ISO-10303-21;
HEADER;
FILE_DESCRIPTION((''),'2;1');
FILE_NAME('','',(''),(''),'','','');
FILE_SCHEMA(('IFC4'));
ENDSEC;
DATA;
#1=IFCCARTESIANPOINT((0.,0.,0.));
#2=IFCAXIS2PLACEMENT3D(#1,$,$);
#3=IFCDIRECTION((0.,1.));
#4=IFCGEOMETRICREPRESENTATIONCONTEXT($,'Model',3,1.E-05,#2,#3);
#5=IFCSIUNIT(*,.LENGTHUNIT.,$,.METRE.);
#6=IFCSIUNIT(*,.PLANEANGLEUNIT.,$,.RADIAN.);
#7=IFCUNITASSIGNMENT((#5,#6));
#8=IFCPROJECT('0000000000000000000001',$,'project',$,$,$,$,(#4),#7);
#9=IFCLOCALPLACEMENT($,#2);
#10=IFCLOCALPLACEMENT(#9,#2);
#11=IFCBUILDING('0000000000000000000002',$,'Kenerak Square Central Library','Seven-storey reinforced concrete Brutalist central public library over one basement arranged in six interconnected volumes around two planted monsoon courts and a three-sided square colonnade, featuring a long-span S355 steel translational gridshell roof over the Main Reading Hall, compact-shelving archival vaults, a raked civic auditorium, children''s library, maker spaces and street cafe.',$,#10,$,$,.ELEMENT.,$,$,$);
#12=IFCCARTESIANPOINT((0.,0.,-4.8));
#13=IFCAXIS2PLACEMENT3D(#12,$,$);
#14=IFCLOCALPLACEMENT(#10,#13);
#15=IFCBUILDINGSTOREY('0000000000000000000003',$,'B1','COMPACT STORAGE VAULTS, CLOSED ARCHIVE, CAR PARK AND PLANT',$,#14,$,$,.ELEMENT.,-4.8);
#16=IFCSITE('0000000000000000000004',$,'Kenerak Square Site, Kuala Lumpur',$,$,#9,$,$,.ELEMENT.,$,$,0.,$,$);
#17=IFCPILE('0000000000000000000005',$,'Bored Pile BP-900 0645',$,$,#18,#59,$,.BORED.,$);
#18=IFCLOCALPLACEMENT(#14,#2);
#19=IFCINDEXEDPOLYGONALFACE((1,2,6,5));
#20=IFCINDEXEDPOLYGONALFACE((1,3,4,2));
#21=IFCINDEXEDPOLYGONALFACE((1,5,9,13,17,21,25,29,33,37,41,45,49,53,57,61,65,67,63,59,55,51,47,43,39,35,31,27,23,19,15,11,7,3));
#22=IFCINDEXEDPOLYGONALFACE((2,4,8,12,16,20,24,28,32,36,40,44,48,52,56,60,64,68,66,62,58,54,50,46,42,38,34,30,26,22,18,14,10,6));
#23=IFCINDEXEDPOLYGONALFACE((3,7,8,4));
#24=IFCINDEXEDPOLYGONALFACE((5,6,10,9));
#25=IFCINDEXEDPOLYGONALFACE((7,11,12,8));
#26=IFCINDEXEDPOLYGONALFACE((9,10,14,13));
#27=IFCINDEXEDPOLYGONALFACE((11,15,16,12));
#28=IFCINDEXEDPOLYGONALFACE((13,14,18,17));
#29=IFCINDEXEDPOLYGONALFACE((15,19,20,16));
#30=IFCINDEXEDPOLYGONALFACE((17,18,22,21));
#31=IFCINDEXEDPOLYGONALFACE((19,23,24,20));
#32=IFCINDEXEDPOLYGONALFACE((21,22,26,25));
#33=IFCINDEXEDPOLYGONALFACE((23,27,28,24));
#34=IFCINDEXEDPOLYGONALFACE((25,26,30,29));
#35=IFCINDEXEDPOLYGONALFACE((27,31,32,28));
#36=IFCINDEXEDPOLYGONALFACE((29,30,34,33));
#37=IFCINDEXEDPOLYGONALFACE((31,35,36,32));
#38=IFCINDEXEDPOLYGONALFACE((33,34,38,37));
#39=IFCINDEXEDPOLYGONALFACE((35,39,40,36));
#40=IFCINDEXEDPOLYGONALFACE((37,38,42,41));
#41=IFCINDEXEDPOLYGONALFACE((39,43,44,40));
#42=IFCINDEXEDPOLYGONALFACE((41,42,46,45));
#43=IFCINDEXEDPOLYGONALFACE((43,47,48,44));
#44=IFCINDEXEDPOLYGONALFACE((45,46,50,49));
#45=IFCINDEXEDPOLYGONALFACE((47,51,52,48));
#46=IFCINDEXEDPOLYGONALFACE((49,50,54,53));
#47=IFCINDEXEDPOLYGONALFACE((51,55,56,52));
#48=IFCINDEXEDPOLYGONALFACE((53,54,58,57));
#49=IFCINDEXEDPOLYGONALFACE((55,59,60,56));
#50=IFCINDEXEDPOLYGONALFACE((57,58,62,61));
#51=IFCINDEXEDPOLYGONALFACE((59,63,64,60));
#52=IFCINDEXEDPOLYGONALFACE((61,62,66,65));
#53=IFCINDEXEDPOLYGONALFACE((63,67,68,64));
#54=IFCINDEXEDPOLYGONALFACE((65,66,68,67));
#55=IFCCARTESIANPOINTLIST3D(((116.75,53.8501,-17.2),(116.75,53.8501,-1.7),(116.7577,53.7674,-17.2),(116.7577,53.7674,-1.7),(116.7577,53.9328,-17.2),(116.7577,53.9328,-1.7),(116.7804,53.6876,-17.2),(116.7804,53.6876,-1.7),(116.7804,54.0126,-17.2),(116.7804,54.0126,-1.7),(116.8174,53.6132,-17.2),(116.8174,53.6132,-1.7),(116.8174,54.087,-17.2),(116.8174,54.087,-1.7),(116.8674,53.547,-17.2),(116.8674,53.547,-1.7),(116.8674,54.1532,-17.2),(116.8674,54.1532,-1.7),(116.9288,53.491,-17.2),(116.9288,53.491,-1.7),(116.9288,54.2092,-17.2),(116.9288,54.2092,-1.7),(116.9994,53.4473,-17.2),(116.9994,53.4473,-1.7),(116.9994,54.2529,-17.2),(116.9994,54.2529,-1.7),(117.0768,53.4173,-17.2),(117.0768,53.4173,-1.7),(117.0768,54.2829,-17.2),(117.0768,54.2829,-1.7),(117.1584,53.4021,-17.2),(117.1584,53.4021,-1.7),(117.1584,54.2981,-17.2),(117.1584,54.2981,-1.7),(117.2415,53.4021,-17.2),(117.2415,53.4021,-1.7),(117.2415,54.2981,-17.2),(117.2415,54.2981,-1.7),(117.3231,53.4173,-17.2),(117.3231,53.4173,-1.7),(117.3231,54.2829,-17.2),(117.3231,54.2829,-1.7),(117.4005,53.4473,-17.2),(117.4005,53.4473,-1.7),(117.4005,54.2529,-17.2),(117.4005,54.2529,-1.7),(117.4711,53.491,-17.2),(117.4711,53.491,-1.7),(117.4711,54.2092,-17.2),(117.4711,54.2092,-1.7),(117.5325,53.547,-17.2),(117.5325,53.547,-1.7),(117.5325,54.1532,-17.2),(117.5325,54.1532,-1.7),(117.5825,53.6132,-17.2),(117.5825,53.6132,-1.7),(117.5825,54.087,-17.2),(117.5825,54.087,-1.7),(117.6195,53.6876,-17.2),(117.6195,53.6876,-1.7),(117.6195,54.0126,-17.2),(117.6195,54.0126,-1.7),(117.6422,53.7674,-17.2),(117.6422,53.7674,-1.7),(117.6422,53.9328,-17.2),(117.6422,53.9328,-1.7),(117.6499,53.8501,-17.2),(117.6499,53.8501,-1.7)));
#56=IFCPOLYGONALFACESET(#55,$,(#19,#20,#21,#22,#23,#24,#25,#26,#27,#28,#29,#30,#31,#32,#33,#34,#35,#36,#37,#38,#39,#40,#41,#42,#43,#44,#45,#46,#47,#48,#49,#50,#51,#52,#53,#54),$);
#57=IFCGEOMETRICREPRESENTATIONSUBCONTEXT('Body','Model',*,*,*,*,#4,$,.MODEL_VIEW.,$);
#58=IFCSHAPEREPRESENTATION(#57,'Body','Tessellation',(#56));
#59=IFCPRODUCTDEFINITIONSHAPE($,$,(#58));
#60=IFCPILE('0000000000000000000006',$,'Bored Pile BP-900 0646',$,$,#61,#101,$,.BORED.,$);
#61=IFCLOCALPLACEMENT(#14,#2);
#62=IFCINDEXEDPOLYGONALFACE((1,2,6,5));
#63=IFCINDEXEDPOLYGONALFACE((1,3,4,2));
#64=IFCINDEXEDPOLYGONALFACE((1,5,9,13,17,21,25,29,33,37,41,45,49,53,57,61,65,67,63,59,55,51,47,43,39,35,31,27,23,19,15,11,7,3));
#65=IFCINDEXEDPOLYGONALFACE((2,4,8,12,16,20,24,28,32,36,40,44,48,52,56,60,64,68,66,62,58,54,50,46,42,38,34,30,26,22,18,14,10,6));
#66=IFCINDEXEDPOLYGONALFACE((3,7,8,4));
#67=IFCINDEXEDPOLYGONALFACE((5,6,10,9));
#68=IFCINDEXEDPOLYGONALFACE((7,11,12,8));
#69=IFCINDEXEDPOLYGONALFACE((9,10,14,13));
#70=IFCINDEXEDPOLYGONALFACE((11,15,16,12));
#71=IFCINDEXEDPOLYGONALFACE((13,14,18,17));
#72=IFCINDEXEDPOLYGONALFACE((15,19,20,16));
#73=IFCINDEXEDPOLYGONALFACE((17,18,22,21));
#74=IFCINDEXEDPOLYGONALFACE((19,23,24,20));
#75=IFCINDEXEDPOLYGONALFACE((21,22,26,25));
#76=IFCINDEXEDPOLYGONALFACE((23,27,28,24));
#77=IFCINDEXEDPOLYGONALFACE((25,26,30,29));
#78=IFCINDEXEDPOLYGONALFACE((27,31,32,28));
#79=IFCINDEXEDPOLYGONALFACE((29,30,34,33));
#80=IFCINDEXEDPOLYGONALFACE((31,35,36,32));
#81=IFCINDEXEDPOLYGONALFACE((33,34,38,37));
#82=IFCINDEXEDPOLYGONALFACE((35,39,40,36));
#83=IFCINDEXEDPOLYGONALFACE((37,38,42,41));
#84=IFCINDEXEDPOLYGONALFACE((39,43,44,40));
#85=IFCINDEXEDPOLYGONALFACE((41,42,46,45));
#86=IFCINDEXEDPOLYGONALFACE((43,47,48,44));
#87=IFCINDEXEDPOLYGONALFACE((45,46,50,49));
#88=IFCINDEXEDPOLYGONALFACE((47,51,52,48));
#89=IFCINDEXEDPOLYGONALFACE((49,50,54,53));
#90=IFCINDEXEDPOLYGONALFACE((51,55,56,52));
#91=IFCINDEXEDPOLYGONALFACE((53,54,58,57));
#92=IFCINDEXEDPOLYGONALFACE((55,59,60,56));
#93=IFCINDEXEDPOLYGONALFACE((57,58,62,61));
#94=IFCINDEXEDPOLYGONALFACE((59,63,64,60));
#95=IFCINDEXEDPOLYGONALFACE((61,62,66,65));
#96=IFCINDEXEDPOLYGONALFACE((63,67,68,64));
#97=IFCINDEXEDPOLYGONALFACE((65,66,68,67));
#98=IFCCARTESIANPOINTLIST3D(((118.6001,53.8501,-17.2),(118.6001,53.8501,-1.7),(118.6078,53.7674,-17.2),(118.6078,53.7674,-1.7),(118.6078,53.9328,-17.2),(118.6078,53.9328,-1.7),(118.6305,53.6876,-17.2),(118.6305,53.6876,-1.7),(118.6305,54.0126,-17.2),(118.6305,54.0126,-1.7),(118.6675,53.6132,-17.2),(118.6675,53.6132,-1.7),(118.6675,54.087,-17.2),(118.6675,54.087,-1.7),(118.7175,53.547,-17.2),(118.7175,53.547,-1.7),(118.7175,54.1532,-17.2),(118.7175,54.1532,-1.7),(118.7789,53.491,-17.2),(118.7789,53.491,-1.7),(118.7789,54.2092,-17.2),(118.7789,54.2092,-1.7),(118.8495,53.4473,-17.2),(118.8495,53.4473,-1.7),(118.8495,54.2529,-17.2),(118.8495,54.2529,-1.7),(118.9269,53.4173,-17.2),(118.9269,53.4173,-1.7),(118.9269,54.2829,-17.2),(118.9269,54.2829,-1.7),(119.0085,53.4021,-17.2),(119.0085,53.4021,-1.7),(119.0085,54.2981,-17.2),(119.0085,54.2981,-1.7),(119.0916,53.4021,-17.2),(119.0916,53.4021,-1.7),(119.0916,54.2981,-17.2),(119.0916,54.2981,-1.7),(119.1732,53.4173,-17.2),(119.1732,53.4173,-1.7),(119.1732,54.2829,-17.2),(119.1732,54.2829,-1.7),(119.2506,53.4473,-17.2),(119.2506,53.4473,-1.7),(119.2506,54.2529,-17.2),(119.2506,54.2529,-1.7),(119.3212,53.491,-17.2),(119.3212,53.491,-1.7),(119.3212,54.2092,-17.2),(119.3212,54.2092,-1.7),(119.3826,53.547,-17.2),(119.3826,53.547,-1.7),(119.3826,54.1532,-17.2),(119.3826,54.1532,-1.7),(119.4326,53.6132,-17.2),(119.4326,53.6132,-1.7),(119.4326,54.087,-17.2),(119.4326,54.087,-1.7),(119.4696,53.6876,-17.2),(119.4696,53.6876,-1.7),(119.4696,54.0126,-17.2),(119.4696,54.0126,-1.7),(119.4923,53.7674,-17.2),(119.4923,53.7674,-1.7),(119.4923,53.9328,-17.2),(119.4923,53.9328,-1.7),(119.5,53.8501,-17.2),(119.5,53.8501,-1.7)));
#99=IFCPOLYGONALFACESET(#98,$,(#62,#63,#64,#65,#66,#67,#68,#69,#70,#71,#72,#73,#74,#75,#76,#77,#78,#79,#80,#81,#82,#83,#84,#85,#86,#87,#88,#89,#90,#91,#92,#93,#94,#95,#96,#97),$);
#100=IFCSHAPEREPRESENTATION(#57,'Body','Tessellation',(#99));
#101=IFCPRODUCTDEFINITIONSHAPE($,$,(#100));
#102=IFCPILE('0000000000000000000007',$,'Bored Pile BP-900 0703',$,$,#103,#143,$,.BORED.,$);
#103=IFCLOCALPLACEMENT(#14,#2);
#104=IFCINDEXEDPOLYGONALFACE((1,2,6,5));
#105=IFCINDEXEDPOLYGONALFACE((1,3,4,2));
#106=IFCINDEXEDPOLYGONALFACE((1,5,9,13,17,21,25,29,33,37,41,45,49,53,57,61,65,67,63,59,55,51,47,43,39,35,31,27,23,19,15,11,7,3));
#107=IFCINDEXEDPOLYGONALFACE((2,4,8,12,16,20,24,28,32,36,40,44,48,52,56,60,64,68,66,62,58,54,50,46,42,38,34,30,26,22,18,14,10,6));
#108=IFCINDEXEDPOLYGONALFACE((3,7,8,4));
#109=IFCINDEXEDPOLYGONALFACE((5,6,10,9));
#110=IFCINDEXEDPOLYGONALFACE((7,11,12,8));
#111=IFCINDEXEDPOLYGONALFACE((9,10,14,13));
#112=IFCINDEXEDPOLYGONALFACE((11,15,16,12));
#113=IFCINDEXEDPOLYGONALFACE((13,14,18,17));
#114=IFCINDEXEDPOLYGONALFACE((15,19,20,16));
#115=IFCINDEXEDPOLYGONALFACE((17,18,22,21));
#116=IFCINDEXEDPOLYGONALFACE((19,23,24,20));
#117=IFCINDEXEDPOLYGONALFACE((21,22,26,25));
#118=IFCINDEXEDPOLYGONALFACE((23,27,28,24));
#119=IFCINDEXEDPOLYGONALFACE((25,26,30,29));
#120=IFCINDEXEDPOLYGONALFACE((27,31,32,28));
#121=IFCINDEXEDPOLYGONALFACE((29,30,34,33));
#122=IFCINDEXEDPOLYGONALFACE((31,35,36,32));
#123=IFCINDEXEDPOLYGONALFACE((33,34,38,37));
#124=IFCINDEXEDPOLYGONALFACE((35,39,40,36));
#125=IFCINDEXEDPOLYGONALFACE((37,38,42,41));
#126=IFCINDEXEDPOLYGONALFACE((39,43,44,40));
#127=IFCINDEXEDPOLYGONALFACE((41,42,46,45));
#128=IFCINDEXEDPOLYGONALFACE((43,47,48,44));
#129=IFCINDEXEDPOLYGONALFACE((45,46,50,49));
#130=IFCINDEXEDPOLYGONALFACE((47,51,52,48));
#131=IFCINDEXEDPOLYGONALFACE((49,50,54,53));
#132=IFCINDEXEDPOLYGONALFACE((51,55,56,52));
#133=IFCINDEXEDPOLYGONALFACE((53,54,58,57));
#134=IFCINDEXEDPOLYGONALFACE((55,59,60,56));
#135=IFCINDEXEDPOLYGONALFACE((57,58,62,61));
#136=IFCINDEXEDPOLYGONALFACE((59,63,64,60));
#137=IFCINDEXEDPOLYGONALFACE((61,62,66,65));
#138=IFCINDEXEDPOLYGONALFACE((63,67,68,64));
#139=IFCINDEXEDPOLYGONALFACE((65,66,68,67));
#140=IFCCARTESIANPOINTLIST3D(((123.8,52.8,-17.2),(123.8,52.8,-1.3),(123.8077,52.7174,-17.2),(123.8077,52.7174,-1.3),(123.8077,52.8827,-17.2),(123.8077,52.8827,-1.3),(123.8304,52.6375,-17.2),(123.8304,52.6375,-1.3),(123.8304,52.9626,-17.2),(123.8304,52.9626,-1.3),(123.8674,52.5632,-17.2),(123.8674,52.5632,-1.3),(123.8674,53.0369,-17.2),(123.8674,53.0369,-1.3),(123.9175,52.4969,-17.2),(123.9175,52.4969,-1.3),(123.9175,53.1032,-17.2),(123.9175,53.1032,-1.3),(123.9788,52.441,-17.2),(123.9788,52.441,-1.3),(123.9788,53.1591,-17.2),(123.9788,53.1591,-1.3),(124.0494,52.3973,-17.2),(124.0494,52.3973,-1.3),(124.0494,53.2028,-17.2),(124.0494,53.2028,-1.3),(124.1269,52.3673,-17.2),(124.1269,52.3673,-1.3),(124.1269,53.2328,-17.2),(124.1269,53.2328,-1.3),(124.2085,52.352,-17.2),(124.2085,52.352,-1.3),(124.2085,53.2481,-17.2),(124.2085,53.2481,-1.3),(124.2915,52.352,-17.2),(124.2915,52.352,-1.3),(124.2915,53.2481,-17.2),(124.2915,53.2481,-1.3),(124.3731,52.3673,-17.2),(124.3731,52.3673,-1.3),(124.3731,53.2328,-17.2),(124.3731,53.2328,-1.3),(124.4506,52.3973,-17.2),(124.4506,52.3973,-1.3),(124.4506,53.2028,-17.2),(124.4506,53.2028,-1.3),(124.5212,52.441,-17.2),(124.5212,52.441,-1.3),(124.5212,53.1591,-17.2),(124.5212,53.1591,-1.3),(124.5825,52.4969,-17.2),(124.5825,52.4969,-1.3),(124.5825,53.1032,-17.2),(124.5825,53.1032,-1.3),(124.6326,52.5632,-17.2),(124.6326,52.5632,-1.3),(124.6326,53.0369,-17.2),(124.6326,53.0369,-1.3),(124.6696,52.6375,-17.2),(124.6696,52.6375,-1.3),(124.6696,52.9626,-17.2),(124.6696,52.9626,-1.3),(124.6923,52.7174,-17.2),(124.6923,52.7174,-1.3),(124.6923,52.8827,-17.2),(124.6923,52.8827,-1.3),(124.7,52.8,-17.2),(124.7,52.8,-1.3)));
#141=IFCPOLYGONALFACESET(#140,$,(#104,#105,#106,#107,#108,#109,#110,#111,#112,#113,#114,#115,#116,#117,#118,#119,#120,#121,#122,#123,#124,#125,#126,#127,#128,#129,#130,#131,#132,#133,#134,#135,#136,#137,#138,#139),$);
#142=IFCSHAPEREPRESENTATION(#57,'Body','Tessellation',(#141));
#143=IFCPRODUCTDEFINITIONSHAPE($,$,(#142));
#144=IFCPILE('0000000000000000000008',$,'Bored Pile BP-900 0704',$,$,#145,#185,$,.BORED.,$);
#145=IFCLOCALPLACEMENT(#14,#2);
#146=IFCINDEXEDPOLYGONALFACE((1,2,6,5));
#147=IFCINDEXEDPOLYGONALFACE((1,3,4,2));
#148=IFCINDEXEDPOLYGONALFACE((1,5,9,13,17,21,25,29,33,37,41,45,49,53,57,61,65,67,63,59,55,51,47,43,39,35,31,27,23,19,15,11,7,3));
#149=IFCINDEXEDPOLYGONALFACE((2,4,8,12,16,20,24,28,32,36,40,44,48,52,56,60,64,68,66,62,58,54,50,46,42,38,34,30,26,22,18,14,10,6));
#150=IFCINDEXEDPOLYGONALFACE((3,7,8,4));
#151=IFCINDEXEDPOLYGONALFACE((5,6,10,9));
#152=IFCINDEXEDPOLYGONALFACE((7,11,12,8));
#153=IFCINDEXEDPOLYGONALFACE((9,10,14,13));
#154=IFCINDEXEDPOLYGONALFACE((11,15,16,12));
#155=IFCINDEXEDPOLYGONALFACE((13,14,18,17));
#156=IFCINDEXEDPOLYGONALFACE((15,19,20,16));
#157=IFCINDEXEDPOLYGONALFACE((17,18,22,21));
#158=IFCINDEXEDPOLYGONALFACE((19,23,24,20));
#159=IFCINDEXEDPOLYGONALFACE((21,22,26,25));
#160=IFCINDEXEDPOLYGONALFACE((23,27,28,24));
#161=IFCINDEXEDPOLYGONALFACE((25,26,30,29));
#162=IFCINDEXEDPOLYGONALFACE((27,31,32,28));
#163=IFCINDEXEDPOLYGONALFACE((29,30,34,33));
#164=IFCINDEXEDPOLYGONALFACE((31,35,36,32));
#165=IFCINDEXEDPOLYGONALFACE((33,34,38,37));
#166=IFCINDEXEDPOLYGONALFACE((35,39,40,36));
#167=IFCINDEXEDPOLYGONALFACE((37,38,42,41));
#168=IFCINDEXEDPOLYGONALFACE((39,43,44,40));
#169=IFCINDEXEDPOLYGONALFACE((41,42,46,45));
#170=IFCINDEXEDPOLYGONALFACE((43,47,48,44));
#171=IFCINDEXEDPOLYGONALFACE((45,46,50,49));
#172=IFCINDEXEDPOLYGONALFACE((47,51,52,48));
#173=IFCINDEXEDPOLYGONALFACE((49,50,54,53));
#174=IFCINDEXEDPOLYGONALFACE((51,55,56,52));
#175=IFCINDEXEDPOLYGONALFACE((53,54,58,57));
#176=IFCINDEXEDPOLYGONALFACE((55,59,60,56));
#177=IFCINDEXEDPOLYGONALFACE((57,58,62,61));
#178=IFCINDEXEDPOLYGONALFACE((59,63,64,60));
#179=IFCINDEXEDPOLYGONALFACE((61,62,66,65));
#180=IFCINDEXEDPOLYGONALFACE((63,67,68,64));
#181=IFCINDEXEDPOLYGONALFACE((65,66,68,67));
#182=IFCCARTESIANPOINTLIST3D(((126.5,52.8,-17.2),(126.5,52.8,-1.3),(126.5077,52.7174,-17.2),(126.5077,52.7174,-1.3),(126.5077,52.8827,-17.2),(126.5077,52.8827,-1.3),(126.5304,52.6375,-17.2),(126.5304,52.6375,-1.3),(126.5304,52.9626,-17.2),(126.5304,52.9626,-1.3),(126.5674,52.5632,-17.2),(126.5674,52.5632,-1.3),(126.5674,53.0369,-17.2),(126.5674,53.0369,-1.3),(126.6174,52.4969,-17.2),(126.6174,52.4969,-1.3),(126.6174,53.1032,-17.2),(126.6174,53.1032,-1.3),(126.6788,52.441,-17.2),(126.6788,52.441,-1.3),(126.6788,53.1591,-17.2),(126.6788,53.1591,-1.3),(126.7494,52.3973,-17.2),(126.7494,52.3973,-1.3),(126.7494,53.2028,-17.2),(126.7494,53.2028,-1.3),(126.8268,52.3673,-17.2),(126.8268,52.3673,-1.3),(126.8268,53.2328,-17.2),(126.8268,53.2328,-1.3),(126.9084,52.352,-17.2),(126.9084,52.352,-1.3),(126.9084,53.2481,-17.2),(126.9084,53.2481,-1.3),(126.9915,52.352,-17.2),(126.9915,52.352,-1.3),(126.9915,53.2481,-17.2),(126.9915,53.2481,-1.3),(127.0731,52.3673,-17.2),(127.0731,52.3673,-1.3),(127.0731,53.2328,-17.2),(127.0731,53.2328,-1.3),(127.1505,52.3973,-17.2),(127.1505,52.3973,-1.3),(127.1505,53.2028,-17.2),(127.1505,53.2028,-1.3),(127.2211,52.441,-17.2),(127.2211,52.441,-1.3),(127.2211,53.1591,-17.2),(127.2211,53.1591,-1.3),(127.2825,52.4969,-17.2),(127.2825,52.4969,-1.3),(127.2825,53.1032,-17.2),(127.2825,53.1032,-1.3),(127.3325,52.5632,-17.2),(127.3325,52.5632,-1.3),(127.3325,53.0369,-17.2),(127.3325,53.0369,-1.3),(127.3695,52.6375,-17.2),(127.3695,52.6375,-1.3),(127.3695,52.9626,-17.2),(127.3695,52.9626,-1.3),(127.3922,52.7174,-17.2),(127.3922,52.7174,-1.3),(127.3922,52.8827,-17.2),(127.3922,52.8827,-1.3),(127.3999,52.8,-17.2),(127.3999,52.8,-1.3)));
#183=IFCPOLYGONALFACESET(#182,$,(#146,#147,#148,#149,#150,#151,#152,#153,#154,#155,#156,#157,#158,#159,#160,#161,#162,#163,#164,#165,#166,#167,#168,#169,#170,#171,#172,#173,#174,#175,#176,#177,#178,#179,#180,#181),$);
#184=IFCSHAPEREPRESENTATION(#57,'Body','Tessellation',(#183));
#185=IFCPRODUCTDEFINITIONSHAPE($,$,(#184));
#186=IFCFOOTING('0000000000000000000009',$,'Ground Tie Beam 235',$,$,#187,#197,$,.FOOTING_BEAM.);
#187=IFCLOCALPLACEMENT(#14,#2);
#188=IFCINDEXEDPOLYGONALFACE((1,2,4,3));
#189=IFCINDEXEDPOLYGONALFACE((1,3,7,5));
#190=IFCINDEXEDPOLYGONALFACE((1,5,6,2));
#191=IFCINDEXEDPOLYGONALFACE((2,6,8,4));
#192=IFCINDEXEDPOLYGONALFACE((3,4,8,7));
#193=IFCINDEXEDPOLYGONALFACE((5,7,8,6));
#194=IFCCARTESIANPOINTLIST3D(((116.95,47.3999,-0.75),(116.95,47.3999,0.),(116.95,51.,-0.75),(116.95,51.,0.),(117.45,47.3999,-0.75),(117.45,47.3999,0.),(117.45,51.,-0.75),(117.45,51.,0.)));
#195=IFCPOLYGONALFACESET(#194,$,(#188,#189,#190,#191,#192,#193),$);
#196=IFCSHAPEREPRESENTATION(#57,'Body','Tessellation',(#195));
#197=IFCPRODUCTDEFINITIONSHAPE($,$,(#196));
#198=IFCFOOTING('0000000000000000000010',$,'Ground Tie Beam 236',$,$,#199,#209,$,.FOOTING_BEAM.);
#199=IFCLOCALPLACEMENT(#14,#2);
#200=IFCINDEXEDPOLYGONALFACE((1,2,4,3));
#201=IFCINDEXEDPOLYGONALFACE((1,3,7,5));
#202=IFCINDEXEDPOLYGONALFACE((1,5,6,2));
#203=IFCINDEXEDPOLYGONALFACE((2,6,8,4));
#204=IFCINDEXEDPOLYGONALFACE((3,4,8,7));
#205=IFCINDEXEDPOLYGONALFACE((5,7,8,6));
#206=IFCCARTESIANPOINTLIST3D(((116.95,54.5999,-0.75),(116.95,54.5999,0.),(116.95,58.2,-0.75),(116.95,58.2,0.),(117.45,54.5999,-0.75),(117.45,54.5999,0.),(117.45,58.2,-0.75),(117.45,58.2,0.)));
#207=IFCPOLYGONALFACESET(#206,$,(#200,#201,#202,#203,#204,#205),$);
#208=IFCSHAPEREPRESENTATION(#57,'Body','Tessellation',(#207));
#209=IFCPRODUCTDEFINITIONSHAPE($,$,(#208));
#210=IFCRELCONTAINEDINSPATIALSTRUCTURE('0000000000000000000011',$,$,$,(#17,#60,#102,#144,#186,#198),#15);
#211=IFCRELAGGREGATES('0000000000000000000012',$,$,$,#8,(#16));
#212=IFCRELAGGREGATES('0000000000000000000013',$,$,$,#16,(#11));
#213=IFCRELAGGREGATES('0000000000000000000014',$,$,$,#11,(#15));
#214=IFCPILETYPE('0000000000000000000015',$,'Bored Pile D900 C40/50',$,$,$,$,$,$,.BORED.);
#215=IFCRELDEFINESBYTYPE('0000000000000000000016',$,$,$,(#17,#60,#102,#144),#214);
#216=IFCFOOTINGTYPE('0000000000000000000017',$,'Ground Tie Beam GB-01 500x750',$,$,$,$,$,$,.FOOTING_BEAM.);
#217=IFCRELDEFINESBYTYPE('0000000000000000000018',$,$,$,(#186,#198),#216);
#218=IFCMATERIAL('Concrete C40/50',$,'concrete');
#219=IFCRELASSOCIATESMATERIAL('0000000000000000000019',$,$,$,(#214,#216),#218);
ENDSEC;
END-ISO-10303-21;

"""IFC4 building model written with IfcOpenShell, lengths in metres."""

from ifc_helpers import new_model, si_unit, direction, frame, origin, origin_2d, place, context, subcontext, project, spatial, rectangle, circle, extrude, material, material_profile, profile_set, type_object, element, save


model = new_model("IFC4")

# Units and contexts
model_context = context("Model", 3, precision=1e-05, world=origin(), true_north=direction((0.0, 1.0)))
body_context = subcontext(model_context, "Body", "Model", "MODEL_VIEW")
ifc_project = project(units=[si_unit("LENGTHUNIT", "METRE"), si_unit("PLANEANGLEUNIT", "RADIAN")], contexts=[model_context])

# Site, building, storey
site_placement = place(None, origin())
site = spatial("IfcSite", under=ifc_project, at=site_placement, Name="Kenerak Square Site, Kuala Lumpur", CompositionType="ELEMENT", RefElevation=0.0)
building_placement = place(site_placement, origin())
building = spatial("IfcBuilding", under=site, at=building_placement, Name="Kenerak Square Central Library", Description="Seven-storey reinforced concrete Brutalist central public library over one basement arranged in six interconnected volumes around two planted monsoon courts and a three-sided square colonnade, featuring a long-span S355 steel translational gridshell roof over the Main Reading Hall, compact-shelving archival vaults, a raked civic auditorium, children's library, maker spaces and street cafe.", CompositionType="ELEMENT")
storey_placement = place(building_placement, frame((0.0, 0.0, -4.8)))
storey = spatial("IfcBuildingStorey", under=building, at=storey_placement, Name="B1", Description="COMPACT STORAGE VAULTS, CLOSED ARCHIVE, CAR PARK AND PLANT", CompositionType="ELEMENT", Elevation=-4.8)

# Piles
ifc_material_1 = material(Name="Concrete C40/50", Category="concrete")
ifc_material_profile_1 = material_profile(ifc_material_1, circle(Radius=0.45, at=origin_2d()), Name="BP D900")
ifc_profile_set_1 = profile_set([ifc_material_profile_1], Name="Concrete C40/50")
pile_type = type_object("IfcPileType", Name="Bored Pile D900 C40/50", PredefinedType="BORED", material=ifc_profile_set_1)
for number, where, z_axis, x_axis, name in (
    (1, (117.2, 53.8501, -1.7), (0.0, 0.0, -1.0), (1.0, 0.0, 0.0), "Bored Pile BP-900 0645"),
    (2, (119.05, 53.8501, -1.7), (0.0, 0.0, -1.0), (1.0, 0.0, 0.0), "Bored Pile BP-900 0646"),
):
    element("IfcPile", number, at=place(storey_placement, frame(where, z_axis=z_axis, x_axis=x_axis)), inside=storey, type_object=pile_type, Name=name, PredefinedType="BORED", context=body_context, shape_type="SweptSolid", body=[
        extrude(circle(Radius=0.45, at=origin_2d()), origin(), (0.0, 0.0, 1.0), 15.5),
    ])
for number, where, z_axis, x_axis, name in (
    (3, (124.25, 52.8, -1.3), (0.0, 0.0, -1.0), (1.0, 0.0, 0.0), "Bored Pile BP-900 0703"),
    (4, (126.95, 52.8, -1.3), (0.0, 0.0, -1.0), (1.0, 0.0, 0.0), "Bored Pile BP-900 0704"),
):
    element("IfcPile", number, at=place(storey_placement, frame(where, z_axis=z_axis, x_axis=x_axis)), inside=storey, type_object=pile_type, Name=name, PredefinedType="BORED", context=body_context, shape_type="SweptSolid", body=[
        extrude(circle(Radius=0.45, at=origin_2d()), origin(), (0.0, 0.0, 1.0), 15.8999),
    ])

# Footings
footing_type_1 = type_object("IfcFootingType", Name="Ground Tie Beam GB-01 500x750", PredefinedType="FOOTING_BEAM", material=ifc_material_1)
for number, where, z_axis, x_axis, name in (
    (5, (117.2, 49.2, -0.75), (0.0, 0.0, 1.0), (1.0, 0.0, 0.0), "Ground Tie Beam 235"),
    (6, (117.2, 56.3999, -0.75), (0.0, 0.0, 1.0), (1.0, 0.0, 0.0), "Ground Tie Beam 236"),
):
    element("IfcFooting", number, at=place(storey_placement, frame(where, z_axis=z_axis, x_axis=x_axis)), inside=storey, type_object=footing_type_1, Name=name, PredefinedType="FOOTING_BEAM", context=body_context, shape_type="SweptSolid", body=[
        extrude(rectangle(XDim=0.5, YDim=3.6001, at=origin_2d()), origin(), (0.0, 0.0, 1.0), 0.75),
    ])

save(model, "model.ifc")
